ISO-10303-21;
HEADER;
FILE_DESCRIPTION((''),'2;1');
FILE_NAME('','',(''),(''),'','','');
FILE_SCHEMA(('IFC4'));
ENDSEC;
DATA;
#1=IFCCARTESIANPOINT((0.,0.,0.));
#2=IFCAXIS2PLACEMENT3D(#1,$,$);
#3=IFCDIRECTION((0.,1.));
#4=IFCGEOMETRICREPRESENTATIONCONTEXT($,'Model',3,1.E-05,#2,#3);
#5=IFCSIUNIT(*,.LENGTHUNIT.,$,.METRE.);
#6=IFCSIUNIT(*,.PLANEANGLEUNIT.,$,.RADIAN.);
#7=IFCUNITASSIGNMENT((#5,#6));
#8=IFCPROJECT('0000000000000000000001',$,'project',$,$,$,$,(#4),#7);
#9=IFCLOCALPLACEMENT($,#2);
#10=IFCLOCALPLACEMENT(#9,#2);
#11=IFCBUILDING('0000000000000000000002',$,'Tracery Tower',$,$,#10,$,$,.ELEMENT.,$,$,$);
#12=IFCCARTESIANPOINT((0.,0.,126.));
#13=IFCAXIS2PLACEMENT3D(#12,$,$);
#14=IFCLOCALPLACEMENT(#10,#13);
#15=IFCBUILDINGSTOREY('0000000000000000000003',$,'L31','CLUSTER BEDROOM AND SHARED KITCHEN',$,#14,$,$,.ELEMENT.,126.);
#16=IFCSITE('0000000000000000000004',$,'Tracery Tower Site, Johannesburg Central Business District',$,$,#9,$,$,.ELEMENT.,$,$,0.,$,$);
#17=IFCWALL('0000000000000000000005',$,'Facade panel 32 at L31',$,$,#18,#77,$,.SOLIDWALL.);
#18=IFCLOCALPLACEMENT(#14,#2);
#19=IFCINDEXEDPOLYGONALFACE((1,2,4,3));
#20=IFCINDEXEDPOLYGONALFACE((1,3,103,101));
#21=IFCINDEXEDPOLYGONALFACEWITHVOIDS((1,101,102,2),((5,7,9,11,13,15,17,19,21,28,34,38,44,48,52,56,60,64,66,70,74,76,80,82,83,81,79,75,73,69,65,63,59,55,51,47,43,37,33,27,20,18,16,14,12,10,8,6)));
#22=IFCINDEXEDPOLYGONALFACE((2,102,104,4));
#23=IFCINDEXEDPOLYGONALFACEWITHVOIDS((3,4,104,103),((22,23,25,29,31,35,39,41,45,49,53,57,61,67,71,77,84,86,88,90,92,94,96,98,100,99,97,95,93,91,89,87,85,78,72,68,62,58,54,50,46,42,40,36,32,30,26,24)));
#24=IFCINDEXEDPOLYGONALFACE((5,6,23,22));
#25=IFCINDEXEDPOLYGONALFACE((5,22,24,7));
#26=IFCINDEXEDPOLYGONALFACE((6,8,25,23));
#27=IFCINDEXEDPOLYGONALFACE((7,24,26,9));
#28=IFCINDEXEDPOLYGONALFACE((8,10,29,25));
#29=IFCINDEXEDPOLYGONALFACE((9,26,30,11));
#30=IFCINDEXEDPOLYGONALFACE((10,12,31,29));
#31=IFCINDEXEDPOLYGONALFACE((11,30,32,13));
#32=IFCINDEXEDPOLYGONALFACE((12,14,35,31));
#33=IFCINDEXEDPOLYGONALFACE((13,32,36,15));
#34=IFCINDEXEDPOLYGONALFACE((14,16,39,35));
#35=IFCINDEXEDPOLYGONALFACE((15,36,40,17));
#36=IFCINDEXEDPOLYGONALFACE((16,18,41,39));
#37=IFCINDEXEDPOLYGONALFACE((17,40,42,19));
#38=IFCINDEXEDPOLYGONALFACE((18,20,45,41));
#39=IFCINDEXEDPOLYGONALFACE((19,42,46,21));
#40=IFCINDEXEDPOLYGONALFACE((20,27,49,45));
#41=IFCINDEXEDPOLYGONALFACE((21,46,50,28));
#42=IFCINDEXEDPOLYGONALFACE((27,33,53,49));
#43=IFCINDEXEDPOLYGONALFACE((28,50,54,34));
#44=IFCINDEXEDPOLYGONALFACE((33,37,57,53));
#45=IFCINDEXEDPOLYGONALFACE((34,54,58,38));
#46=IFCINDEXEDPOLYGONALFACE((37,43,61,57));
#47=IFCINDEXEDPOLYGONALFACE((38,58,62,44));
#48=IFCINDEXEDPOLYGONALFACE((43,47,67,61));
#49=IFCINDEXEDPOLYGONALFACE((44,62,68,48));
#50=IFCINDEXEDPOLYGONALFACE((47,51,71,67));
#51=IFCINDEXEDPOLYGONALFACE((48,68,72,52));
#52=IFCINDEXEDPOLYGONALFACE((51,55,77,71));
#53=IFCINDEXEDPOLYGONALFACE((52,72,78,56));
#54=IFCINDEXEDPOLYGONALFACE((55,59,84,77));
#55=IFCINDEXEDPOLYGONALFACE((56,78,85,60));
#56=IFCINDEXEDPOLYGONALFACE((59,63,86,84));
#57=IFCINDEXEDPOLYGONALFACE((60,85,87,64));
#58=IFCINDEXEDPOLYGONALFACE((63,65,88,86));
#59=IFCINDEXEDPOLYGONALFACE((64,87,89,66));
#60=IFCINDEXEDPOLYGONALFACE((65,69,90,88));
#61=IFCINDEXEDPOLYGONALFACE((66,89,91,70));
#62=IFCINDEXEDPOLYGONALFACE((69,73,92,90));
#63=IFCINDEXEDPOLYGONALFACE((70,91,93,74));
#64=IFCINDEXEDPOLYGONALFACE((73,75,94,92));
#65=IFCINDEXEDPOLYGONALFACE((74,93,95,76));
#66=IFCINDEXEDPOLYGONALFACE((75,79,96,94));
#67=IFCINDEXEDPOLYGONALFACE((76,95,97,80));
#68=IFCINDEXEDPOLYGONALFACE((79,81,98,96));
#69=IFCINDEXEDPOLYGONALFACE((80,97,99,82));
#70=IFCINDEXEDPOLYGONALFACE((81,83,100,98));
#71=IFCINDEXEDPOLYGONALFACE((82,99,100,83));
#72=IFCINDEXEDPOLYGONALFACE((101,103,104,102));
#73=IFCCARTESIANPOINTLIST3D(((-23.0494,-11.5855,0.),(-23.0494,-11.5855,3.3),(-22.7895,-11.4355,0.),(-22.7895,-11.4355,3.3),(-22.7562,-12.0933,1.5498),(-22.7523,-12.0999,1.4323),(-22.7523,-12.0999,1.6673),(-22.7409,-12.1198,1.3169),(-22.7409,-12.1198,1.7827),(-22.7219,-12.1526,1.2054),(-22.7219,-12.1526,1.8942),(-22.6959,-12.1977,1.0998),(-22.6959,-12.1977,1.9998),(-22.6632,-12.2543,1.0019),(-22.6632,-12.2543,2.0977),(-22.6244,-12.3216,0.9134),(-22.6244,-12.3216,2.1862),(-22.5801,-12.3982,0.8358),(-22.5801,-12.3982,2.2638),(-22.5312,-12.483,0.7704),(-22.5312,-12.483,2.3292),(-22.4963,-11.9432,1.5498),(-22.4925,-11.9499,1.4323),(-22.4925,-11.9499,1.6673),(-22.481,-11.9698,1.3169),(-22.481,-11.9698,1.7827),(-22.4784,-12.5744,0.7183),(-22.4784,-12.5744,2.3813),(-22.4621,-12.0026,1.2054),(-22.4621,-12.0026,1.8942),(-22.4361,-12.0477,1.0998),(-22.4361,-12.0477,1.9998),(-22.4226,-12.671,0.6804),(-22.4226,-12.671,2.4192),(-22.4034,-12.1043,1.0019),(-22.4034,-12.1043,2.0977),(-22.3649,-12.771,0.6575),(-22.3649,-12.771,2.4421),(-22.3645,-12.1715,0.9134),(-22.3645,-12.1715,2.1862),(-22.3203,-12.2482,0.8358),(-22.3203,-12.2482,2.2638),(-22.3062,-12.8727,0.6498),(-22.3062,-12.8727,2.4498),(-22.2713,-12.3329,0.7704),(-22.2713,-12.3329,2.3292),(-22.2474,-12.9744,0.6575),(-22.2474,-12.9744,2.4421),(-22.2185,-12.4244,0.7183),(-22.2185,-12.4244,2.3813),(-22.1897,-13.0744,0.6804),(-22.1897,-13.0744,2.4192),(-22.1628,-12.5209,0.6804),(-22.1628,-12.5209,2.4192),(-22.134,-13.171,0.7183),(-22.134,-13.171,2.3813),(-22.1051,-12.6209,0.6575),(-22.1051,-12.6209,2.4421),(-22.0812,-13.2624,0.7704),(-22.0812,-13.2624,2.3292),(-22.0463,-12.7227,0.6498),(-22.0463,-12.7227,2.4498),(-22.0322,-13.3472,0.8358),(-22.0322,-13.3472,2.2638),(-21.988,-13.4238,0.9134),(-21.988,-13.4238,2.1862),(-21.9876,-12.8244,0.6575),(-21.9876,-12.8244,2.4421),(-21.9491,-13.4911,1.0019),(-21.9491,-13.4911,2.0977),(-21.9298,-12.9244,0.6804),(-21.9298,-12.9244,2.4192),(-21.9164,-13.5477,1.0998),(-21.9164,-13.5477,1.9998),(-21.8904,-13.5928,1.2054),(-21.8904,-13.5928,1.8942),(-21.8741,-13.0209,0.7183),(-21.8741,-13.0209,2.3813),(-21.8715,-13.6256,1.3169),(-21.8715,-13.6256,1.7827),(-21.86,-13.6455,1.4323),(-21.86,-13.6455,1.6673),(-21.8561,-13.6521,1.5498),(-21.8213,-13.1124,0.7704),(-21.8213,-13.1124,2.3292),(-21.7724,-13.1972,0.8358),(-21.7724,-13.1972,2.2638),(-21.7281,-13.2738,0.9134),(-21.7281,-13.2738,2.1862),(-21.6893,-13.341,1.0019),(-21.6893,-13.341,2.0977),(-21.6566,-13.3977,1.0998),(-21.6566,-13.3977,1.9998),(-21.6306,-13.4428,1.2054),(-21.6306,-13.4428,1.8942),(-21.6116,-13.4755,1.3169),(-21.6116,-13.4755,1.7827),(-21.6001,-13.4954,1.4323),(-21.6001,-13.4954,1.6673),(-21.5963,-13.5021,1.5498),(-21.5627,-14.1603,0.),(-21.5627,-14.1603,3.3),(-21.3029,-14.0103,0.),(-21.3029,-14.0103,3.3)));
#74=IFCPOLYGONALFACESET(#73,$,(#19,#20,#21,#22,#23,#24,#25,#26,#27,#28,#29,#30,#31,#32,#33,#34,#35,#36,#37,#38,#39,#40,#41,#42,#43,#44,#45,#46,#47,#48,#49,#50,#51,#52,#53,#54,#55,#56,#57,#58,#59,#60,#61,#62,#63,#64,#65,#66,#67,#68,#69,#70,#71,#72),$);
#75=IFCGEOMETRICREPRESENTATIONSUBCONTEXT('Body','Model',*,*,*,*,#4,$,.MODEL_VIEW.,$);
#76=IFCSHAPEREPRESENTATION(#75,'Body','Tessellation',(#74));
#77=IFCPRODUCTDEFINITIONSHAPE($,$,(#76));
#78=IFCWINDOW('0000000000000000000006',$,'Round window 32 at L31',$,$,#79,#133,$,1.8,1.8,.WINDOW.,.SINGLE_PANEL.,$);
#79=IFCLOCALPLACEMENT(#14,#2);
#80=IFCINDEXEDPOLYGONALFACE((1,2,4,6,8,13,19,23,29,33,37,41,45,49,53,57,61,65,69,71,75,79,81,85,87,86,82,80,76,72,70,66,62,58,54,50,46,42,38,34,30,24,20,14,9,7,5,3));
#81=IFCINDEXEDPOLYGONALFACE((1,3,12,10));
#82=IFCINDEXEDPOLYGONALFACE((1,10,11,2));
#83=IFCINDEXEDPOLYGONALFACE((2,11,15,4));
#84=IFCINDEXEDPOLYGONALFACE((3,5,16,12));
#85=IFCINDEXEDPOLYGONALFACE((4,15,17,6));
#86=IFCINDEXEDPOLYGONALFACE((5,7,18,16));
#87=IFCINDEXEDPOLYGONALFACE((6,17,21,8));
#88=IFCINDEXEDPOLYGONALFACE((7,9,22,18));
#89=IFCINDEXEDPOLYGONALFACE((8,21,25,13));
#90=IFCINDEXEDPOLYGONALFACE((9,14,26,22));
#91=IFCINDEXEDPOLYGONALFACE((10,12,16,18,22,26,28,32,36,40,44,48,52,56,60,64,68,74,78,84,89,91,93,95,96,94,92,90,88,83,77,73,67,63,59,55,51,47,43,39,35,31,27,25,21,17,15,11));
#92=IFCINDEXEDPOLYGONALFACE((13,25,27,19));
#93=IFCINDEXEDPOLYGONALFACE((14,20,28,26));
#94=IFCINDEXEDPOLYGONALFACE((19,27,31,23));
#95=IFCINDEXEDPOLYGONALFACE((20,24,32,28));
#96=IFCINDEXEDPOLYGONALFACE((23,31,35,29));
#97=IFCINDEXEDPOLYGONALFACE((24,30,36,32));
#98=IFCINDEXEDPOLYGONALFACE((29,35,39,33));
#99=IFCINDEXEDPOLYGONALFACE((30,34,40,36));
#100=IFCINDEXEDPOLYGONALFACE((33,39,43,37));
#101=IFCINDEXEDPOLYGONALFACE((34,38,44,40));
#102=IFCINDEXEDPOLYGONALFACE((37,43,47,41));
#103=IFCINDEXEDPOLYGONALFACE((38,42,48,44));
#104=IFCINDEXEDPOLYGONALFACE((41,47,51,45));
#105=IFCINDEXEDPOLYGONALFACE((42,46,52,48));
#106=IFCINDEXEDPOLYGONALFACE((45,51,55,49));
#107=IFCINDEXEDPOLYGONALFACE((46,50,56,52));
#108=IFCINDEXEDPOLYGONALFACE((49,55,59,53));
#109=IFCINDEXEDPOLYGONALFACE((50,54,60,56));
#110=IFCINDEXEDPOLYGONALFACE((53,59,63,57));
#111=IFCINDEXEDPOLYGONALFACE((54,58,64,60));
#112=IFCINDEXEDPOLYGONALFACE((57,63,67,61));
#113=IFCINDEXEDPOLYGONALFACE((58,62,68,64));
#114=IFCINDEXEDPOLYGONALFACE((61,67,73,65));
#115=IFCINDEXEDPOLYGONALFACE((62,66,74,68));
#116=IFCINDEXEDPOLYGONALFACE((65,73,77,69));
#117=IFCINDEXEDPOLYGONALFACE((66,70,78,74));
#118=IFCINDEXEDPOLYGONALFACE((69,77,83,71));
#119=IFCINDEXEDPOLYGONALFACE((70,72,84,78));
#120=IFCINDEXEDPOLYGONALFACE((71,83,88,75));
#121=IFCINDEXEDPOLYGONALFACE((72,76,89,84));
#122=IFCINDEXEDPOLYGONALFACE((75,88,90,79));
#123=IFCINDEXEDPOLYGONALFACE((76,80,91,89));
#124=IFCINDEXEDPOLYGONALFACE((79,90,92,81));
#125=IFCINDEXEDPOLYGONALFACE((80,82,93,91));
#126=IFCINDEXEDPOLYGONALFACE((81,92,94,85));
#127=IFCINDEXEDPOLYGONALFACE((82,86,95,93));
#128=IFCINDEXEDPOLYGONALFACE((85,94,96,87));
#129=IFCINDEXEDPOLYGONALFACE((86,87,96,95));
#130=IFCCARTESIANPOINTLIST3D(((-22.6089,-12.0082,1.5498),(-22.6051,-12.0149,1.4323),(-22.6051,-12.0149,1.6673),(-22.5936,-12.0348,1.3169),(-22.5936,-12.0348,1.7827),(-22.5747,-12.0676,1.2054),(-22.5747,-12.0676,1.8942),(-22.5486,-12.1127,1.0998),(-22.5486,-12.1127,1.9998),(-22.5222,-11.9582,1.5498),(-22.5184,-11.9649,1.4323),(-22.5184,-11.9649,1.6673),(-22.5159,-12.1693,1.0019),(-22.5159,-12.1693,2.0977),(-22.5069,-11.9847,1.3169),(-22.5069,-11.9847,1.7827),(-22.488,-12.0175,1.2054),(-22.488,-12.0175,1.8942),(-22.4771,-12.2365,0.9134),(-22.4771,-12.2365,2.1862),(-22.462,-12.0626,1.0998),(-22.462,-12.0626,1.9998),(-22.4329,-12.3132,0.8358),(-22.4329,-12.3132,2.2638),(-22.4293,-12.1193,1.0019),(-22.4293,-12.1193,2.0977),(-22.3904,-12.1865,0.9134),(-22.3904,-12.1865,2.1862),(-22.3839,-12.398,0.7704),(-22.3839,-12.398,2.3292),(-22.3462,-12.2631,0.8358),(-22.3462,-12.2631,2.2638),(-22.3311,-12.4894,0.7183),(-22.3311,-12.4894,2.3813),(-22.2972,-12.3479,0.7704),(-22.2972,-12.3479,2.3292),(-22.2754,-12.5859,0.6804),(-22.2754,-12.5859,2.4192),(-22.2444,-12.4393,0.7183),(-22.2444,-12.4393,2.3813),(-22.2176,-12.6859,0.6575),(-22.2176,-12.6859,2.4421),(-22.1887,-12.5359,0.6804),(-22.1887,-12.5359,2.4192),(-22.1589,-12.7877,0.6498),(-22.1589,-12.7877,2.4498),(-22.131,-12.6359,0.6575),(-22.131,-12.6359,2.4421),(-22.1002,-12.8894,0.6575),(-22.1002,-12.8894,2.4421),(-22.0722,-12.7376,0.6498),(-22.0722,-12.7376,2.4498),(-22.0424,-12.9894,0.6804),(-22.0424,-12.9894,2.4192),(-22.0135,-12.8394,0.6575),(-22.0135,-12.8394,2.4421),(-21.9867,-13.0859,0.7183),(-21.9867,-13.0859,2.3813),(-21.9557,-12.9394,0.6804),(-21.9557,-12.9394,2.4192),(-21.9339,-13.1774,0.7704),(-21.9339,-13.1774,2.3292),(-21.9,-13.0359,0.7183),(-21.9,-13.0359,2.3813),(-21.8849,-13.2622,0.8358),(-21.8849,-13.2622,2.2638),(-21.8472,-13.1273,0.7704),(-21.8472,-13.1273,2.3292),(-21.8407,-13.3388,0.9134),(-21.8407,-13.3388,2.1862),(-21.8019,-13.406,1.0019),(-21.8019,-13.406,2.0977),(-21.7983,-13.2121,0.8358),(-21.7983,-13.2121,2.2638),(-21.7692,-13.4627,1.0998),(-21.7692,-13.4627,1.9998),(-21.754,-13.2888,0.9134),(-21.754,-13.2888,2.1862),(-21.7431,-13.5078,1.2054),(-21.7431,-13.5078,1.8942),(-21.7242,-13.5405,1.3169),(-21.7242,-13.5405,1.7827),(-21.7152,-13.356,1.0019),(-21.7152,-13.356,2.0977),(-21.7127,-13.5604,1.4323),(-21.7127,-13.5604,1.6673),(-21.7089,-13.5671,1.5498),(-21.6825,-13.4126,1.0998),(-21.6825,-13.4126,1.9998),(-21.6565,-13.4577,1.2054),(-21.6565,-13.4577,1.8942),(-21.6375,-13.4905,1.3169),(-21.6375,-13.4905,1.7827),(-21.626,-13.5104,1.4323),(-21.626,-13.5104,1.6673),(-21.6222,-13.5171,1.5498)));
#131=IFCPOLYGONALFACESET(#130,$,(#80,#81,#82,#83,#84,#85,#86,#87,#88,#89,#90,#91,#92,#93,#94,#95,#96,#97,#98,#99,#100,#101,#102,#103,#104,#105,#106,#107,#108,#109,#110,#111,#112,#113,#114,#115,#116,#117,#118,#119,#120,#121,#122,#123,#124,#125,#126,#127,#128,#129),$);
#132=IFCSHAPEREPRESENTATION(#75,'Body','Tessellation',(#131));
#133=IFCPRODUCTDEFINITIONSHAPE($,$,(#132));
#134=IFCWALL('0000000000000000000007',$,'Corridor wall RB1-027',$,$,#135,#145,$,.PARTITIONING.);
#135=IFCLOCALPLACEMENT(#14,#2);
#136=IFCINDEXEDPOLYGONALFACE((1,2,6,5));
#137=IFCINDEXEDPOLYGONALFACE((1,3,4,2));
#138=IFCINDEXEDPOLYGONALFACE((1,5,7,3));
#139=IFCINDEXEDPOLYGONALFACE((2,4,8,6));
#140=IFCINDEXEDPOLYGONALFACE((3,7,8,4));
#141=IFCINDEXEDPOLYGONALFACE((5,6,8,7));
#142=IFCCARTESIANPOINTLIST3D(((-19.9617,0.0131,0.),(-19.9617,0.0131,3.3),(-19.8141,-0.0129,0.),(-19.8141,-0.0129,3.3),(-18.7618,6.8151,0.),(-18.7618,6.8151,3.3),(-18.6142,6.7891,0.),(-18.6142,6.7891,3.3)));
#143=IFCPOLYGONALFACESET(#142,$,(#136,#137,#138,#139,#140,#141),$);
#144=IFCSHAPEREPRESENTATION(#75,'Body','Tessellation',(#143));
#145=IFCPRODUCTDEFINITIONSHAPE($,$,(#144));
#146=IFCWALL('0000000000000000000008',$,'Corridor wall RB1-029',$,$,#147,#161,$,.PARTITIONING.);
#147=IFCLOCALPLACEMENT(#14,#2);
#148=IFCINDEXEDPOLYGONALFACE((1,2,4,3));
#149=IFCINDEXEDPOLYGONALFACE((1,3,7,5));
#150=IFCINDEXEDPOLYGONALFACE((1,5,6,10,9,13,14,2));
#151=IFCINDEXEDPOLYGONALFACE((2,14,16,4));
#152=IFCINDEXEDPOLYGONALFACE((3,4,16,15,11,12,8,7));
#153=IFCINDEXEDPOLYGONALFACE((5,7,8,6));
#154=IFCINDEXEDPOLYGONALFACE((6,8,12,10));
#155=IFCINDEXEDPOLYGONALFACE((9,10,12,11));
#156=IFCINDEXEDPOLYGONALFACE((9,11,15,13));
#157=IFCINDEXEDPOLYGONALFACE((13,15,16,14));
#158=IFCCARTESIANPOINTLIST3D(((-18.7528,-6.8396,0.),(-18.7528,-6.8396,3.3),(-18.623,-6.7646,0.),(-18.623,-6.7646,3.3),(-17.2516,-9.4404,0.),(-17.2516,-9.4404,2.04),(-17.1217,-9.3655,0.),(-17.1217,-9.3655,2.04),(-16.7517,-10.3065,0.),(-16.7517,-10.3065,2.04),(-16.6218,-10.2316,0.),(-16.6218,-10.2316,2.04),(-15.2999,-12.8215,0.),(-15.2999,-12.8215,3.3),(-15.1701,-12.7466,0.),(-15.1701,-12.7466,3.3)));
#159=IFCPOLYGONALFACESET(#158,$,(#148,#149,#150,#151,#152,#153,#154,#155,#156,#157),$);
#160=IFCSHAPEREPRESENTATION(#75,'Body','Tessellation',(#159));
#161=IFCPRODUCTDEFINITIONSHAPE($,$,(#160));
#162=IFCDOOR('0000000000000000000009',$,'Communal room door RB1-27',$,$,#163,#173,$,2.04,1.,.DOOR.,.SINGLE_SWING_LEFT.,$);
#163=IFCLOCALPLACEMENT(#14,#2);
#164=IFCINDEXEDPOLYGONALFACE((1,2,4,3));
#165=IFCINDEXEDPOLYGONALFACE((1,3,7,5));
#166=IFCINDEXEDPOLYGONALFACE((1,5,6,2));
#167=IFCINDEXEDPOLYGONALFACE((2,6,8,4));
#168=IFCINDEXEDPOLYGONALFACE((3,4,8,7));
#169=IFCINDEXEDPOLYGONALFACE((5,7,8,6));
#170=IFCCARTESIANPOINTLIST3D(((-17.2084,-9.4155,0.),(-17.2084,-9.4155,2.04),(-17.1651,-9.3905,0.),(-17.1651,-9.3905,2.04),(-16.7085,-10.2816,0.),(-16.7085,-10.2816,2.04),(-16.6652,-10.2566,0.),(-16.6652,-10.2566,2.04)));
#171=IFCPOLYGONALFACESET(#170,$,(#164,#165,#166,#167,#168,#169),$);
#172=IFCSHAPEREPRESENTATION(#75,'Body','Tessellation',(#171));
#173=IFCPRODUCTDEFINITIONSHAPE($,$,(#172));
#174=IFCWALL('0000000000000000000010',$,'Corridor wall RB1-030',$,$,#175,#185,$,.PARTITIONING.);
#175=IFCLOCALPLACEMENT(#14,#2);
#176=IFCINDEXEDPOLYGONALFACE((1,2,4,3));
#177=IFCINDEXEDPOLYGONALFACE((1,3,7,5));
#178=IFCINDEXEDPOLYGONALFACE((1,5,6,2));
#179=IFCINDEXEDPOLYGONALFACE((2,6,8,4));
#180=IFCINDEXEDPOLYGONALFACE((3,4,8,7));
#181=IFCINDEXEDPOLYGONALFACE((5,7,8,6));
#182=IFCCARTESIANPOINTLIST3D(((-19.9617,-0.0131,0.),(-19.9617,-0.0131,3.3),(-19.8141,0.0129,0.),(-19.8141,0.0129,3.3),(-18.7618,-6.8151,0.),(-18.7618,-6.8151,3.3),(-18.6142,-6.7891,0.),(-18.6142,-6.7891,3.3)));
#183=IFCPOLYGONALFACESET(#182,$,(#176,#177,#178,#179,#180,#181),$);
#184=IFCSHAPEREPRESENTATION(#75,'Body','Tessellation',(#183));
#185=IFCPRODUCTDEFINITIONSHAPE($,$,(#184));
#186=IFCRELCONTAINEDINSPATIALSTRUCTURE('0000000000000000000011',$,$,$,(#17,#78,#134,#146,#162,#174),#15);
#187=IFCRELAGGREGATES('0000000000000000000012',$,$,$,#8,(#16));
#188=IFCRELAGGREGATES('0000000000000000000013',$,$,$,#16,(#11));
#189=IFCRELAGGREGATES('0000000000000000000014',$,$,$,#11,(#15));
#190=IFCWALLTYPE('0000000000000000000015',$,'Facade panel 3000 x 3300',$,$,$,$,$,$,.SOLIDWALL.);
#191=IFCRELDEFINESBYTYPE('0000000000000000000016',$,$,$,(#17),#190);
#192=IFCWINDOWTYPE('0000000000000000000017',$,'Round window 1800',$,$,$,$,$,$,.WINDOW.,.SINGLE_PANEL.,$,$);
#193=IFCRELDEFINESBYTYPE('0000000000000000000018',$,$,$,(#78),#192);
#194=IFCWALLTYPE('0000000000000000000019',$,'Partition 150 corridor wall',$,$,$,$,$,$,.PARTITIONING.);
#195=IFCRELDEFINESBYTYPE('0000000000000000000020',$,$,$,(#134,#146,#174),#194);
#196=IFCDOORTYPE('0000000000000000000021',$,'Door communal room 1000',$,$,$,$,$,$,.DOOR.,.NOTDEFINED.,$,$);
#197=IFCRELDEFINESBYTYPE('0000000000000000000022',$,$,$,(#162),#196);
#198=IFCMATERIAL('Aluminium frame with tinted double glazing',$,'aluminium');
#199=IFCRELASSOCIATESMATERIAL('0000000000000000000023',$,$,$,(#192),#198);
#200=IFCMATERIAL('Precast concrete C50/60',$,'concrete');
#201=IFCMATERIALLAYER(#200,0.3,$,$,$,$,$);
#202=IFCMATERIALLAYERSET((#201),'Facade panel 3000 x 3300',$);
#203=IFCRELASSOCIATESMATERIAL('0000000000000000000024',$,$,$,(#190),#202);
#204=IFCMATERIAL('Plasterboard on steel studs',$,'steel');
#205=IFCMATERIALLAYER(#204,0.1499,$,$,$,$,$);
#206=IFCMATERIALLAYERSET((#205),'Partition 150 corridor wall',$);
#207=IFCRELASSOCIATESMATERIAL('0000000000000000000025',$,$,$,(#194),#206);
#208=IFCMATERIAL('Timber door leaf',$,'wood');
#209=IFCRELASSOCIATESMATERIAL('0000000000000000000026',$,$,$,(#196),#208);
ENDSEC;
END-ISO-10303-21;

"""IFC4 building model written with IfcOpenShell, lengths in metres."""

from ifc_helpers import new_model, si_unit, direction, frame, frame_2d, origin, origin_2d, place, context, subcontext, project, spatial, rectangle, circle, extrude, material, layer, layer_set, type_object, element, fill, save


model = new_model("IFC4")

# Units and contexts
model_context = context("Model", 3, precision=1e-05, world=origin(), true_north=direction((0.0, 1.0)))
body_context = subcontext(model_context, "Body", "Model", "MODEL_VIEW")
ifc_project = project(units=[si_unit("LENGTHUNIT", "METRE"), si_unit("PLANEANGLEUNIT", "RADIAN")], contexts=[model_context])

# Site, building, storey
site_placement = place(None, origin())
site = spatial("IfcSite", under=ifc_project, at=site_placement, Name="Tracery Tower Site, Johannesburg Central Business District", CompositionType="ELEMENT", RefElevation=0.0)
building_placement = place(site_placement, origin())
building = spatial("IfcBuilding", under=site, at=building_placement, Name="Tracery Tower", CompositionType="ELEMENT")
storey_placement = place(building_placement, frame((0.0, 0.0, 126.0)))
storey = spatial("IfcBuildingStorey", under=building, at=storey_placement, Name="L31", Description="CLUSTER BEDROOM AND SHARED KITCHEN", CompositionType="ELEMENT", Elevation=126.0)

# Wall, opening, window
ifc_material_1 = material(Name="Aluminium frame with tinted double glazing", Category="aluminium")
window_type = type_object("IfcWindowType", Name="Round window 1800", PartitioningType="SINGLE_PANEL", PredefinedType="WINDOW", material=ifc_material_1)
ifc_material_2 = material(Name="Precast concrete C50/60", Category="concrete")
ifc_layer_1 = layer(ifc_material_2, 0.3)
ifc_layer_set_1 = layer_set([ifc_layer_1], Name="Facade panel 3000 x 3300")
wall_type_1 = type_object("IfcWallType", Name="Facade panel 3000 x 3300", PredefinedType="SOLIDWALL", material=ifc_layer_set_1)
wall_1_placement = place(storey_placement, frame((-22.9194, -11.5105, 0.0), z_axis=(0.0, 0.0, 1.0), x_axis=(0.500016, -0.866016, 0.0)))
wall_1 = element("IfcWall", 1, at=wall_1_placement, inside=storey, type_object=wall_type_1, Name="Facade panel 32 at L31", PredefinedType="SOLIDWALL", context=body_context, shape_type="SweptSolid", body=[
    extrude(rectangle(XDim=2.9731, YDim=0.3, at=frame_2d((1.4866, 0.0))), origin(), (0.0, 0.0, 1.0), 3.3),
])
opening_1_placement = place(wall_1_placement, frame((1.4863, 0.0, 1.5498)))
opening_1 = element("IfcOpeningElement", 2, at=opening_1_placement, cuts=wall_1, PredefinedType="OPENING", context=body_context, shape_type="SweptSolid", body=[
    extrude(circle(Radius=0.9, at=origin_2d()), frame((0.0, 0.1599, 0.0), z_axis=(0.0, -1.0, 0.0), x_axis=(1.0, 0.0, 0.0)), (0.0, 0.0, 1.0), 0.3201),
])
window_1_placement = place(opening_1_placement, origin())
window_1 = element("IfcWindow", 3, at=window_1_placement, inside=storey, type_object=window_type, Name="Round window 32 at L31", OverallHeight=1.8, OverallWidth=1.8, PartitioningType="SINGLE_PANEL", PredefinedType="WINDOW", context=body_context, shape_type="SweptSolid", body=[
    extrude(circle(Radius=0.9, at=origin_2d()), frame((0.0, 0.1201, 0.0), z_axis=(0.0, -1.0, 0.0), x_axis=(1.0, 0.0, 0.0)), (0.0, 0.0, 1.0), 0.1001),
])
fill(opening_1, window_1)

# Wall
ifc_material_3 = material(Name="Plasterboard on steel studs", Category="steel")
ifc_layer_2 = layer(ifc_material_3, 0.1499)
ifc_layer_set_2 = layer_set([ifc_layer_2], Name="Partition 150 corridor wall")
wall_type_2 = type_object("IfcWallType", Name="Partition 150 corridor wall", PredefinedType="PARTITIONING", material=ifc_layer_set_2)
wall_2_placement = place(storey_placement, frame((-19.8879, 0.0, 0.0), z_axis=(0.0, 0.0, 1.0), x_axis=(0.173729, 0.984794, 0.0)))
element("IfcWall", 4, at=wall_2_placement, inside=storey, type_object=wall_type_2, Name="Corridor wall RB1-027", PredefinedType="PARTITIONING", context=body_context, shape_type="SweptSolid", body=[
    extrude(rectangle(XDim=6.907, YDim=0.1499, at=frame_2d((3.4536, 0.0))), origin(), (0.0, 0.0, 1.0), 3.3),
])

# Wall, opening, door
wall_3_placement = place(storey_placement, frame((-18.688, -6.802, 0.0), z_axis=(0.0, 0.0, 1.0), x_axis=(0.499914, -0.866075, 0.0)))
wall_3 = element("IfcWall", 5, at=wall_3_placement, inside=storey, type_object=wall_type_2, Name="Corridor wall RB1-029", PredefinedType="PARTITIONING", context=body_context, shape_type="SweptSolid", body=[
    extrude(rectangle(XDim=6.907, YDim=0.1499, at=frame_2d((3.4536, 0.0))), origin(), (0.0, 0.0, 1.0), 3.3),
])
opening_2_placement = place(wall_3_placement, frame((3.0032, 0.0, 0.0)))
opening_2 = element("IfcOpeningElement", 6, at=opening_2_placement, cuts=wall_3, PredefinedType="OPENING", context=body_context, shape_type="SweptSolid", body=[
    extrude(rectangle(XDim=1.0, YDim=2.04, at=frame_2d((0.5, 1.02))), frame((0.0, 0.075, 0.0), z_axis=(0.0, -1.0, 0.0), x_axis=(1.0, 0.0, 0.0)), (0.0, 0.0, 1.0), 0.1499),
])
ifc_material_4 = material(Name="Timber door leaf", Category="wood")
door_type = type_object("IfcDoorType", Name="Door communal room 1000", OperationType="NOTDEFINED", PredefinedType="DOOR", material=ifc_material_4)
door_placement = place(opening_2_placement, origin())
door = element("IfcDoor", 7, at=door_placement, inside=storey, type_object=door_type, Name="Communal room door RB1-27", OperationType="SINGLE_SWING_LEFT", OverallHeight=2.04, OverallWidth=1.0, PredefinedType="DOOR", context=body_context, shape_type="SweptSolid", body=[
    extrude(rectangle(XDim=1.0, YDim=2.04, at=frame_2d((0.5, 1.02))), frame((0.0, 0.0249, 0.0), z_axis=(0.0, -1.0, 0.0), x_axis=(1.0, 0.0, 0.0)), (0.0, 0.0, 1.0), 0.05),
])
fill(opening_2, door)

# Wall
wall_4_placement = place(storey_placement, frame((-19.8879, 0.0, 0.0), z_axis=(0.0, 0.0, 1.0), x_axis=(0.173729, -0.984794, 0.0)))
element("IfcWall", 8, at=wall_4_placement, inside=storey, type_object=wall_type_2, Name="Corridor wall RB1-030", PredefinedType="PARTITIONING", context=body_context, shape_type="SweptSolid", body=[
    extrude(rectangle(XDim=6.907, YDim=0.1499, at=frame_2d((3.4536, 0.0))), origin(), (0.0, 0.0, 1.0), 3.3),
])

save(model, "model.ifc")
